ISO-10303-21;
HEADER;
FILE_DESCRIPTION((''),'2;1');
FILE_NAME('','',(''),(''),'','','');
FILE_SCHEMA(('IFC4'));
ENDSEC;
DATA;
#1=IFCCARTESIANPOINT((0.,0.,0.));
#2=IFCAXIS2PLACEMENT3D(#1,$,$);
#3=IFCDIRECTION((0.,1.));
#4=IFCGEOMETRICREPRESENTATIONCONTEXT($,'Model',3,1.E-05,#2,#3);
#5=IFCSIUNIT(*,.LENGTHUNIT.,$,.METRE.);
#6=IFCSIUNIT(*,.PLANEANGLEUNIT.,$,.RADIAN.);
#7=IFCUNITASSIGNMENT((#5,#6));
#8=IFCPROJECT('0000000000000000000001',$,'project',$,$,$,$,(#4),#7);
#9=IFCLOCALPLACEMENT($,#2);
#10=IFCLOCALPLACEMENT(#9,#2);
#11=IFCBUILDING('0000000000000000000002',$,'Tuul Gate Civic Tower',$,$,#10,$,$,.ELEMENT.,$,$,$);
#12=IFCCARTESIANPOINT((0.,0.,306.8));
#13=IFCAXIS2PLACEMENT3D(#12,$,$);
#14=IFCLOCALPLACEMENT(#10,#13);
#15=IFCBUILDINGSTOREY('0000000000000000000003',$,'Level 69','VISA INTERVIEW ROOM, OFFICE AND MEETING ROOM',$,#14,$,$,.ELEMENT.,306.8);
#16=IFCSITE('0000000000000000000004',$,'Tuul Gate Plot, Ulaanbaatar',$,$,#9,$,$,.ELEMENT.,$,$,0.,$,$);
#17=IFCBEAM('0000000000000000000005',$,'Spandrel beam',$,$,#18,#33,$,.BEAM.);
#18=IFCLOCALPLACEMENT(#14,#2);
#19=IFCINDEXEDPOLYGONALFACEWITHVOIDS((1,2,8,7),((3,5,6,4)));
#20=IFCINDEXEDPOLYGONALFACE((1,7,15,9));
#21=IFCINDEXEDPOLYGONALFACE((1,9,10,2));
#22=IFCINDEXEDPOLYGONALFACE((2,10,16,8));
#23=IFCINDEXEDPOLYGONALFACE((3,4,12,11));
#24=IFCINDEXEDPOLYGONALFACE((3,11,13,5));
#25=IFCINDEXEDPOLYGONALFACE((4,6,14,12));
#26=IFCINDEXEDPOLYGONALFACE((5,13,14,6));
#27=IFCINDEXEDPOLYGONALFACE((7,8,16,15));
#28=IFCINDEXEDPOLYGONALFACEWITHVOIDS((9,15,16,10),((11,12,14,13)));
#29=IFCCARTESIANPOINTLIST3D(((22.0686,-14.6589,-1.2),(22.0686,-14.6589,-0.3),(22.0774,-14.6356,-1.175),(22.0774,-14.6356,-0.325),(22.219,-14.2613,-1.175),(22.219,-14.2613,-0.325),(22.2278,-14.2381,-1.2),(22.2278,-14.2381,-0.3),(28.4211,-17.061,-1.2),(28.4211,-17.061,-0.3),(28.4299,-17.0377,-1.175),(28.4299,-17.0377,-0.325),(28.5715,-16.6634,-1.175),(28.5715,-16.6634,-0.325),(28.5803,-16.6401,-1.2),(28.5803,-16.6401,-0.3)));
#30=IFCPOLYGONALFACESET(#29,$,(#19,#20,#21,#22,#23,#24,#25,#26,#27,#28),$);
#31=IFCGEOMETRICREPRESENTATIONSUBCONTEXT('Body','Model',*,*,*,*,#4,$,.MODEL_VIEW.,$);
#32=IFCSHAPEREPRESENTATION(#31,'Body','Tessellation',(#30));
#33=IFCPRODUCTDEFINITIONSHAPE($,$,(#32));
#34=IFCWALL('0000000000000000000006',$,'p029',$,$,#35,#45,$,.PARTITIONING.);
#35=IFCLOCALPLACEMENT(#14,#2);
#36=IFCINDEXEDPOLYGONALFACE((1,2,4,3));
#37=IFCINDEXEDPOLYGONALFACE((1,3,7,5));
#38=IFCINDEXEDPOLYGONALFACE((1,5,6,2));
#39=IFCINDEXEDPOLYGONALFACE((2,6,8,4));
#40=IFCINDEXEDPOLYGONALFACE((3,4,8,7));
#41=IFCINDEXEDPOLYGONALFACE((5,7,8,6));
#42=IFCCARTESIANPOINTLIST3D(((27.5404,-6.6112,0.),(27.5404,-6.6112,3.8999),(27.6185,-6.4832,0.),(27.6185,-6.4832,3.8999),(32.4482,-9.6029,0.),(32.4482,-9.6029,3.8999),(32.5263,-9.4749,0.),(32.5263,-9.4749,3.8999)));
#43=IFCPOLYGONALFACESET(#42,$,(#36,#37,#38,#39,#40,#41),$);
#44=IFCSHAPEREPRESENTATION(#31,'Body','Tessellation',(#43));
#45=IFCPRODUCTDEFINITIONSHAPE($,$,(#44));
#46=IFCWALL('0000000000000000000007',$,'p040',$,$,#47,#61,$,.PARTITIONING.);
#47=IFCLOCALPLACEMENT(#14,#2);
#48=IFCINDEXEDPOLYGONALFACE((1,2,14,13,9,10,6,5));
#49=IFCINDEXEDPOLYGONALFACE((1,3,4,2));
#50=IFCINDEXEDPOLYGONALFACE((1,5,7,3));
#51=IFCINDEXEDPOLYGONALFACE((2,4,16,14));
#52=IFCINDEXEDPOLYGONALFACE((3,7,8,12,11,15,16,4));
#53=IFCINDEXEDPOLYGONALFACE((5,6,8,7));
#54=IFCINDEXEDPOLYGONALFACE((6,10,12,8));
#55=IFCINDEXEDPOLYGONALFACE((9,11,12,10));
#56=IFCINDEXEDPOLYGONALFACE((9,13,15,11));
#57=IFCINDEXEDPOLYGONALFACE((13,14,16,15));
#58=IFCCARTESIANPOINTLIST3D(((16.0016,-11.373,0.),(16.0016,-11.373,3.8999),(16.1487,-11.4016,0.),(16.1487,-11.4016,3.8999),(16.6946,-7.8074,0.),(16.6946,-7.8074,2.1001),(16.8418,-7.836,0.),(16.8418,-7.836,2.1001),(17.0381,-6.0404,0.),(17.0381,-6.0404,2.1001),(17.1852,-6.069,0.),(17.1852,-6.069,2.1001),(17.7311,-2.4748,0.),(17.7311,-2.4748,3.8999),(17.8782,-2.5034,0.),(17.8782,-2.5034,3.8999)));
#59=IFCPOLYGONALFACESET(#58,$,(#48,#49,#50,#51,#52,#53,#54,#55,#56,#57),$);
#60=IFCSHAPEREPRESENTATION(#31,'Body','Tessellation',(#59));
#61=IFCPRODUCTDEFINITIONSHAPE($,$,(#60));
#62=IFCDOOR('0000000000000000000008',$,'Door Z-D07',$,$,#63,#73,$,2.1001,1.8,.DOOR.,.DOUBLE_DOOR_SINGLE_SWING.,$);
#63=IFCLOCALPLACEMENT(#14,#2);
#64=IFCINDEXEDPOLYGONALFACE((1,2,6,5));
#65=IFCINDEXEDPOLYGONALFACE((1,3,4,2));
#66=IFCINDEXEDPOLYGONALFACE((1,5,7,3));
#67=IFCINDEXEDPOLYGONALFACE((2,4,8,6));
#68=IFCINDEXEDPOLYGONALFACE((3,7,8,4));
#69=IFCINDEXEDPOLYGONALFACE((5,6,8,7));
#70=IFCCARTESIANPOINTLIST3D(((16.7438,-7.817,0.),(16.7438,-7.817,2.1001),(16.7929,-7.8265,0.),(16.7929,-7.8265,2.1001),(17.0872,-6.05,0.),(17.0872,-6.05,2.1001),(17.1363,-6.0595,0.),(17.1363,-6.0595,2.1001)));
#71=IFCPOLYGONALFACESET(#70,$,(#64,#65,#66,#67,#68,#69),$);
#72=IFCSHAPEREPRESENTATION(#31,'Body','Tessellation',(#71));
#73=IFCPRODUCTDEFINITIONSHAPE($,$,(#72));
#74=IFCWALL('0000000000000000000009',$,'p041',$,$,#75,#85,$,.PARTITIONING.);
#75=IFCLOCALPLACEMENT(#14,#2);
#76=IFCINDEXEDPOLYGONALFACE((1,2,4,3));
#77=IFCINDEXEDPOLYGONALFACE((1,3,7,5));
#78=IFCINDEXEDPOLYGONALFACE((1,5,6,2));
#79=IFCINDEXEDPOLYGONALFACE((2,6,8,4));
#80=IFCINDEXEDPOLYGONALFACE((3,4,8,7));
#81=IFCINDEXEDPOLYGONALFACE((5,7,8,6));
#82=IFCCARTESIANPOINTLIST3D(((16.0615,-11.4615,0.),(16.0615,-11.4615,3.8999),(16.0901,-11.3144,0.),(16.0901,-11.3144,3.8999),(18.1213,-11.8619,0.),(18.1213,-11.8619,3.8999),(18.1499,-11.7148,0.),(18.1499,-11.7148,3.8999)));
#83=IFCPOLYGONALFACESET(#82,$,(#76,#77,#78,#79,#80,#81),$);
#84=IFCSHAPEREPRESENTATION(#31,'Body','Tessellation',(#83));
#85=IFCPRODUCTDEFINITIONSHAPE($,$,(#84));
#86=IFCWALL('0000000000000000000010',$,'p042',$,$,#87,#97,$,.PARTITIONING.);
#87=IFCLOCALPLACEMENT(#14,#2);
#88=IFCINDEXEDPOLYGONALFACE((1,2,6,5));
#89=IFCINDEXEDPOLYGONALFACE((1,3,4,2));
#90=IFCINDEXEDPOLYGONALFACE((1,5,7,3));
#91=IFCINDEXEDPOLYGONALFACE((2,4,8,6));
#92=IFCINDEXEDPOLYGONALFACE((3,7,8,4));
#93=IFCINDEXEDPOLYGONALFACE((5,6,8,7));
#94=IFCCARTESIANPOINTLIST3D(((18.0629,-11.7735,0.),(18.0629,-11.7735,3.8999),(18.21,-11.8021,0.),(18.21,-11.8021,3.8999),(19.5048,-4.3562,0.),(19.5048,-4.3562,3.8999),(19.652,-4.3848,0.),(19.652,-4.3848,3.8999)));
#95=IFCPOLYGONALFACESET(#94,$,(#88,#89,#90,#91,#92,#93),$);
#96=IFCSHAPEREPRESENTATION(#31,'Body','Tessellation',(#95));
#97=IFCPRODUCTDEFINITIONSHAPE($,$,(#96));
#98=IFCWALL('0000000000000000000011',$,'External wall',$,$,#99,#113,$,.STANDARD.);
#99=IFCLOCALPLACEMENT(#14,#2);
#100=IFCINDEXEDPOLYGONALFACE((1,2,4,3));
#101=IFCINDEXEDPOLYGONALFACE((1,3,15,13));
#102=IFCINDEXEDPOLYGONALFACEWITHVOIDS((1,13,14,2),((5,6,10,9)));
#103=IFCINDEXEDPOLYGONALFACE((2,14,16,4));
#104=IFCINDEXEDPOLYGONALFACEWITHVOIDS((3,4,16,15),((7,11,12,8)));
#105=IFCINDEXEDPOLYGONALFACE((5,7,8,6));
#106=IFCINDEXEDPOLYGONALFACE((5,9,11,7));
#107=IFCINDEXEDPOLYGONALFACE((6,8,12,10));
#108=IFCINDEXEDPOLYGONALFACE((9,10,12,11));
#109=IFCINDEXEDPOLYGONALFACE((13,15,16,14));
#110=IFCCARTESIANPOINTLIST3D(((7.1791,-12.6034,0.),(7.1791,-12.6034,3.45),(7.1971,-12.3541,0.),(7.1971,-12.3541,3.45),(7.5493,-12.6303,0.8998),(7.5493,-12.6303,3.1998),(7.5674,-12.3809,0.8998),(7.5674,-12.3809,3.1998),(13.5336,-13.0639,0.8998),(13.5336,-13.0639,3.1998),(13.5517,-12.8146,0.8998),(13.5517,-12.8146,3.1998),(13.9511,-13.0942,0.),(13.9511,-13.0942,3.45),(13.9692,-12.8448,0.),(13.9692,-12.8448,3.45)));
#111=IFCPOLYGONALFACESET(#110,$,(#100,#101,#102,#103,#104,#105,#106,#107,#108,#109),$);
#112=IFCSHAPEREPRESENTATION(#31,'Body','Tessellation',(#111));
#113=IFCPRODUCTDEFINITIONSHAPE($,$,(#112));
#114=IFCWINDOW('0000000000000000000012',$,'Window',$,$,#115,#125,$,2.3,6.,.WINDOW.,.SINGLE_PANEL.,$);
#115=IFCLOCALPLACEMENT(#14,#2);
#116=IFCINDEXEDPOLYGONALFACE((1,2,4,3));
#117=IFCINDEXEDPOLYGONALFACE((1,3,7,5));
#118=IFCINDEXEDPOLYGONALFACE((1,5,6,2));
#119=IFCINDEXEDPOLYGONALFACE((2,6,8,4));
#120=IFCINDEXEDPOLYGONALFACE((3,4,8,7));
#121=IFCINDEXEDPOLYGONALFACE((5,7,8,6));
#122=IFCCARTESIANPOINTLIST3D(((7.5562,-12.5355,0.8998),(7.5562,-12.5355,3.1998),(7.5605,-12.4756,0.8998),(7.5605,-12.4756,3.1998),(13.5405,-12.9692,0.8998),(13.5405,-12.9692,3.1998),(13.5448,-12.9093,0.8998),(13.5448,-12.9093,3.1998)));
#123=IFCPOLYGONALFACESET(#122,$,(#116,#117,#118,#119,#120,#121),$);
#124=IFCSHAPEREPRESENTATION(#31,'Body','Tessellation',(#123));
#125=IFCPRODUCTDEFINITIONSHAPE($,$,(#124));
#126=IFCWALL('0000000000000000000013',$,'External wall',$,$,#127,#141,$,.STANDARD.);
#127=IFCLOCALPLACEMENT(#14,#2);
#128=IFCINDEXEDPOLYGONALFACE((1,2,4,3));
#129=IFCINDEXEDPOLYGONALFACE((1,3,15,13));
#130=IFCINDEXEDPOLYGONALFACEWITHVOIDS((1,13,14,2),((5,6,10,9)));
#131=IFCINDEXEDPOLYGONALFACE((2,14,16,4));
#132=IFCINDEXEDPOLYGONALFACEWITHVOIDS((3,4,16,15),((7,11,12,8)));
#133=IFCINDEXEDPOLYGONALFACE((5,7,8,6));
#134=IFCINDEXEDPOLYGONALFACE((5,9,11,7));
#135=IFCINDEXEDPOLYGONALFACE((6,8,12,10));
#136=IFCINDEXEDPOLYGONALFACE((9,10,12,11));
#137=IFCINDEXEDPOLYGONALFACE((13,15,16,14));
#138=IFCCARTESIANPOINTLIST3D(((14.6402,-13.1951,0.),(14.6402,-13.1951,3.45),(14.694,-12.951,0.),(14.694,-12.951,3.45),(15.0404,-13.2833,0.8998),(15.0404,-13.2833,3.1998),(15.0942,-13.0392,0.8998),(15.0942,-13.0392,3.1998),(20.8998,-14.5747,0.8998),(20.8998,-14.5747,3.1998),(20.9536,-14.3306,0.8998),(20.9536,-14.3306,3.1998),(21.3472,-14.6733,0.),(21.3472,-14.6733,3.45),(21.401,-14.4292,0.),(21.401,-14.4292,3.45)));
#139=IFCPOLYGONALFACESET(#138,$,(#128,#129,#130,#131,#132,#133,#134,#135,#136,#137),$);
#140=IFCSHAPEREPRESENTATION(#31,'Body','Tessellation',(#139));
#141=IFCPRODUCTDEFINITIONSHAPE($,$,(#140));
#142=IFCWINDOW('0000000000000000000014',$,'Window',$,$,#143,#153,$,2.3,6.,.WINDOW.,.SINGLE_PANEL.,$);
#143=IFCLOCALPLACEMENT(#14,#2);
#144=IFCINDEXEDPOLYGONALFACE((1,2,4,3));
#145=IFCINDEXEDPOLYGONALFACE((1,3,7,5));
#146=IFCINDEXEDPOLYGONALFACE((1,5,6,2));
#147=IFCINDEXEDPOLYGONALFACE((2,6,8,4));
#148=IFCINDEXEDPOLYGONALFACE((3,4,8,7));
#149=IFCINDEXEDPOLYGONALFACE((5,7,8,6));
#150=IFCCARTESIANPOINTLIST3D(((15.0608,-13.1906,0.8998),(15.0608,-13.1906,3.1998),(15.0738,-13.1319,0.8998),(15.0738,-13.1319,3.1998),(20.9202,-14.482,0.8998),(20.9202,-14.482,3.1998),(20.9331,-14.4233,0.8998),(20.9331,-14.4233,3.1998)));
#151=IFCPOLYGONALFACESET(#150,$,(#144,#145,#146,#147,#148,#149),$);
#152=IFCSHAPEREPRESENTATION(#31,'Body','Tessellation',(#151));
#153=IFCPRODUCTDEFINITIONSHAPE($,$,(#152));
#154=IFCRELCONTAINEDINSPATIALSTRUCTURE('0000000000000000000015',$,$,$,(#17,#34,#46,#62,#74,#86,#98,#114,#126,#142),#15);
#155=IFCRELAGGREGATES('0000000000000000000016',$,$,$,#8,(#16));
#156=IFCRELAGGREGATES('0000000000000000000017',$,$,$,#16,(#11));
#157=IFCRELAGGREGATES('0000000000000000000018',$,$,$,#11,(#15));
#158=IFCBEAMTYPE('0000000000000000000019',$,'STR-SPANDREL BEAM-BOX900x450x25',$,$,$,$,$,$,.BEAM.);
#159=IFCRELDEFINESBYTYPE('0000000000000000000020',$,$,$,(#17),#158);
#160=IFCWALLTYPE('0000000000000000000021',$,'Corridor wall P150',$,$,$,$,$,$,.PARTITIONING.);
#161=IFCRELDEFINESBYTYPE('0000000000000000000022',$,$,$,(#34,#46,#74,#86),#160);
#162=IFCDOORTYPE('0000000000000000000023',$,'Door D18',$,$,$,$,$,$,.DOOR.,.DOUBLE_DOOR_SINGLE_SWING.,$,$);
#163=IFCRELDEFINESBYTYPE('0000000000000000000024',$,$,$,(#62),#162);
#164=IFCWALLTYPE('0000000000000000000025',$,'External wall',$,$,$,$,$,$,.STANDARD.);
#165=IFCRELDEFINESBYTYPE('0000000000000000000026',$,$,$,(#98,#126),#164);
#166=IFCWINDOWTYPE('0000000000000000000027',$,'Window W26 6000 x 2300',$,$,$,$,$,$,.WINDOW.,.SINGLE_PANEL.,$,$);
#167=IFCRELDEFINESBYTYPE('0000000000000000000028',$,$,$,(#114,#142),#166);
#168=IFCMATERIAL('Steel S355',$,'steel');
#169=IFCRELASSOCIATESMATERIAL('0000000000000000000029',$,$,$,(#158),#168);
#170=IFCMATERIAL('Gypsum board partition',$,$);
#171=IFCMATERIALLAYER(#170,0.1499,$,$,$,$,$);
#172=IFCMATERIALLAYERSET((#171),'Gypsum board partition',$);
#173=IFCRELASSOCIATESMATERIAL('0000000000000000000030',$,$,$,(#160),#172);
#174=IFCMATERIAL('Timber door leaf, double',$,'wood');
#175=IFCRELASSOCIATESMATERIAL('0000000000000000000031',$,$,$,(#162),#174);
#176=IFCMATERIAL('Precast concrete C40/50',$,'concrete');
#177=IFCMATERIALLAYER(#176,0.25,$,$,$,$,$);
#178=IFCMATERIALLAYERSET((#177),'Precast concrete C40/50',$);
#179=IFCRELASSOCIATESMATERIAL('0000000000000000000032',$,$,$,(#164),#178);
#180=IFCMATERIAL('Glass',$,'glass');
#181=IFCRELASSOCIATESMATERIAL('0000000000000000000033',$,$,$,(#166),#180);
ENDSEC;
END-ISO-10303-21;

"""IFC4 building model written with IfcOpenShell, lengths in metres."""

from ifc_helpers import new_model, si_unit, direction, frame, frame_2d, origin, origin_2d, place, context, subcontext, project, spatial, rectangle, hollow_rectangle, extrude, material, layer, layer_set, material_profile, profile_set, type_object, element, fill, save


model = new_model("IFC4")

# Units and contexts
model_context = context("Model", 3, precision=1e-05, world=origin(), true_north=direction((0.0, 1.0)))
body_context = subcontext(model_context, "Body", "Model", "MODEL_VIEW")
ifc_project = project(units=[si_unit("LENGTHUNIT", "METRE"), si_unit("PLANEANGLEUNIT", "RADIAN")], contexts=[model_context])

# Site, building, storey
site_placement = place(None, origin())
site = spatial("IfcSite", under=ifc_project, at=site_placement, Name="Tuul Gate Plot, Ulaanbaatar", CompositionType="ELEMENT", RefElevation=0.0)
building_placement = place(site_placement, origin())
building = spatial("IfcBuilding", under=site, at=building_placement, Name="Tuul Gate Civic Tower", CompositionType="ELEMENT")
storey_placement = place(building_placement, frame((0.0, 0.0, 306.8)))
storey = spatial("IfcBuildingStorey", under=building, at=storey_placement, Name="Level 69", Description="VISA INTERVIEW ROOM, OFFICE AND MEETING ROOM", CompositionType="ELEMENT", Elevation=306.8)

# Beam
ifc_material_1 = material(Name="Steel S355", Category="steel")
ifc_material_profile_1 = material_profile(ifc_material_1, hollow_rectangle(XDim=0.45, YDim=0.8999, WallThickness=0.0249, at=origin_2d()), Name="BOX900x450x25")
ifc_profile_set_1 = profile_set([ifc_material_profile_1], Name="Steel S355")
beam_type_1 = type_object("IfcBeamType", Name="STR-SPANDREL BEAM-BOX900x450x25", PredefinedType="BEAM", material=ifc_profile_set_1)
beam_1_placement = place(storey_placement, frame((22.1482, -14.4485, -0.75), z_axis=(0.935362, -0.353691, 0.0), x_axis=(0.353691, 0.935362, 0.0)))
element("IfcBeam", 1, at=beam_1_placement, inside=storey, type_object=beam_type_1, Name="Spandrel beam", PredefinedType="BEAM", context=body_context, shape_type="SweptSolid", body=[
    extrude(hollow_rectangle(XDim=0.45, YDim=0.8999, WallThickness=0.0249, at=origin_2d()), origin(), (0.0, 0.0, 1.0), 6.7915),
])

# Wall
ifc_material_2 = material(Name="Gypsum board partition")
ifc_layer_1 = layer(ifc_material_2, 0.1499)
ifc_layer_set_1 = layer_set([ifc_layer_1], Name="Gypsum board partition")
wall_type_1 = type_object("IfcWallType", Name="Corridor wall P150", PredefinedType="PARTITIONING", material=ifc_layer_set_1)
wall_1_placement = place(storey_placement, frame((27.5793, -6.5471, 0.0), z_axis=(0.0, 0.0, 1.0), x_axis=(0.853859, -0.520505, 0.0)))
element("IfcWall", 2, at=wall_1_placement, inside=storey, type_object=wall_type_1, Name="p029", PredefinedType="PARTITIONING", context=body_context, shape_type="SweptSolid", body=[
    extrude(rectangle(XDim=5.7478, YDim=0.1499, at=frame_2d((2.874, 0.0))), origin(), (0.0, 0.0, 1.0), 3.8999),
])

# Wall, opening, door
wall_2_placement = place(storey_placement, frame((16.0752, -11.3872, 0.0), z_axis=(0.0, 0.0, 1.0), x_axis=(0.190794, 0.98163, 0.0)))
wall_2 = element("IfcWall", 3, at=wall_2_placement, inside=storey, type_object=wall_type_1, Name="p040", PredefinedType="PARTITIONING", context=body_context, shape_type="SweptSolid", body=[
    extrude(rectangle(XDim=9.0647, YDim=0.1499, at=frame_2d((4.5322, 0.0))), origin(), (0.0, 0.0, 1.0), 3.8999),
])
opening_1_placement = place(wall_2_placement, frame((3.6323, 0.0, 0.0)))
opening_1 = element("IfcOpeningElement", 4, at=opening_1_placement, cuts=wall_2, PredefinedType="OPENING", context=body_context, shape_type="SweptSolid", body=[
    extrude(rectangle(XDim=1.8, YDim=2.1001, at=frame_2d((0.8999, 1.05))), frame((0.0, 0.085, 0.0), z_axis=(0.0, -1.0, 0.0), x_axis=(1.0, 0.0, 0.0)), (0.0, 0.0, 1.0), 0.1699),
])
ifc_material_3 = material(Name="Timber door leaf, double", Category="wood")
door_type = type_object("IfcDoorType", Name="Door D18", OperationType="DOUBLE_DOOR_SINGLE_SWING", PredefinedType="DOOR", material=ifc_material_3)
door_placement = place(opening_1_placement, origin())
door = element("IfcDoor", 5, at=door_placement, inside=storey, type_object=door_type, Name="Door Z-D07", OperationType="DOUBLE_DOOR_SINGLE_SWING", OverallHeight=2.1001, OverallWidth=1.8, PredefinedType="DOOR", context=body_context, shape_type="SweptSolid", body=[
    extrude(rectangle(XDim=1.8, YDim=2.1001, at=frame_2d((0.8999, 1.05))), frame((0.0, 0.0249, 0.0), z_axis=(0.0, -1.0, 0.0), x_axis=(1.0, 0.0, 0.0)), (0.0, 0.0, 1.0), 0.05),
])
fill(opening_1, door)

# Walls
wall_3_placement = place(storey_placement, frame((16.0757, -11.3879, 0.0), z_axis=(0.0, 0.0, 1.0), x_axis=(0.981627, -0.19081, 0.0)))
element("IfcWall", 6, at=wall_3_placement, inside=storey, type_object=wall_type_1, Name="p041", PredefinedType="PARTITIONING", context=body_context, shape_type="SweptSolid", body=[
    extrude(rectangle(XDim=2.0984, YDim=0.1499, at=frame_2d((1.0493, 0.0))), origin(), (0.0, 0.0, 1.0), 3.8999),
])
wall_4_placement = place(storey_placement, frame((18.1365, -11.7878, 0.0), z_axis=(0.0, 0.0, 1.0), x_axis=(0.190826, 0.981624, 0.0)))
element("IfcWall", 7, at=wall_4_placement, inside=storey, type_object=wall_type_1, Name="p042", PredefinedType="PARTITIONING", context=body_context, shape_type="SweptSolid", body=[
    extrude(rectangle(XDim=7.5562, YDim=0.1499, at=frame_2d((3.7781, 0.0))), origin(), (0.0, 0.0, 1.0), 3.8999),
])

# Walls, openings, windows
ifc_material_4 = material(Name="Precast concrete C40/50", Category="concrete")
ifc_layer_2 = layer(ifc_material_4, 0.25)
ifc_layer_set_2 = layer_set([ifc_layer_2], Name="Precast concrete C40/50")
wall_type_2 = type_object("IfcWallType", Name="External wall", PredefinedType="STANDARD", material=ifc_layer_set_2)
wall_5_placement = place(storey_placement, frame((7.188, -12.4788, 0.0), z_axis=(0.0, 0.0, 1.0), x_axis=(0.997385, -0.072274, 0.0)))
wall_5 = element("IfcWall", 8, at=wall_5_placement, inside=storey, type_object=wall_type_2, Name="External wall", PredefinedType="STANDARD", context=body_context, shape_type="SweptSolid", body=[
    extrude(rectangle(XDim=6.7898, YDim=0.25, at=frame_2d((3.395, 0.0))), origin(), (0.0, 0.0, 1.0), 3.45),
])
opening_2_placement = place(wall_5_placement, frame((0.3713, 0.0, 0.8999)))
opening_2 = element("IfcOpeningElement", 9, at=opening_2_placement, cuts=wall_5, PredefinedType="OPENING", context=body_context, shape_type="SweptSolid", body=[
    extrude(rectangle(XDim=6.0, YDim=2.3, at=frame_2d((3.0, 1.1499))), frame((0.0, 0.135, 0.0), z_axis=(0.0, -1.0, 0.0), x_axis=(1.0, 0.0, 0.0)), (0.0, 0.0, 1.0), 0.27),
])
ifc_material_5 = material(Name="Glass", Category="glass")
window_type = type_object("IfcWindowType", Name="Window W26 6000 x 2300", PartitioningType="SINGLE_PANEL", PredefinedType="WINDOW", material=ifc_material_5)
window_1_placement = place(opening_2_placement, origin())
window_1 = element("IfcWindow", 10, at=window_1_placement, inside=storey, type_object=window_type, Name="Window", OverallHeight=2.3, OverallWidth=6.0, PartitioningType="SINGLE_PANEL", PredefinedType="WINDOW", context=body_context, shape_type="SweptSolid", body=[
    extrude(rectangle(XDim=6.0, YDim=2.3, at=frame_2d((3.0, 1.1499))), frame((0.0, 0.03, 0.0), z_axis=(0.0, -1.0, 0.0), x_axis=(1.0, 0.0, 0.0)), (0.0, 0.0, 1.0), 0.0601),
])
fill(opening_2, window_1)
wall_6_placement = place(storey_placement, frame((14.667, -13.073, 0.0), z_axis=(0.0, 0.0, 1.0), x_axis=(0.976561, -0.21524, 0.0)))
wall_6 = element("IfcWall", 11, at=wall_6_placement, inside=storey, type_object=wall_type_2, Name="External wall", PredefinedType="STANDARD", context=body_context, shape_type="SweptSolid", body=[
    extrude(rectangle(XDim=6.8679, YDim=0.25, at=frame_2d((3.4341, 0.0))), origin(), (0.0, 0.0, 1.0), 3.45),
])
opening_3_placement = place(wall_6_placement, frame((0.4099, 0.0, 0.8999)))
opening_3 = element("IfcOpeningElement", 12, at=opening_3_placement, cuts=wall_6, PredefinedType="OPENING", context=body_context, shape_type="SweptSolid", body=[
    extrude(rectangle(XDim=6.0, YDim=2.3, at=frame_2d((3.0, 1.1499))), frame((0.0, 0.135, 0.0), z_axis=(0.0, -1.0, 0.0), x_axis=(1.0, 0.0, 0.0)), (0.0, 0.0, 1.0), 0.27),
])
window_2_placement = place(opening_3_placement, origin())
window_2 = element("IfcWindow", 13, at=window_2_placement, inside=storey, type_object=window_type, Name="Window", OverallHeight=2.3, OverallWidth=6.0, PartitioningType="SINGLE_PANEL", PredefinedType="WINDOW", context=body_context, shape_type="SweptSolid", body=[
    extrude(rectangle(XDim=6.0, YDim=2.3, at=frame_2d((3.0, 1.1499))), frame((0.0, 0.03, 0.0), z_axis=(0.0, -1.0, 0.0), x_axis=(1.0, 0.0, 0.0)), (0.0, 0.0, 1.0), 0.0601),
])
fill(opening_3, window_2)

save(model, "model.ifc")
